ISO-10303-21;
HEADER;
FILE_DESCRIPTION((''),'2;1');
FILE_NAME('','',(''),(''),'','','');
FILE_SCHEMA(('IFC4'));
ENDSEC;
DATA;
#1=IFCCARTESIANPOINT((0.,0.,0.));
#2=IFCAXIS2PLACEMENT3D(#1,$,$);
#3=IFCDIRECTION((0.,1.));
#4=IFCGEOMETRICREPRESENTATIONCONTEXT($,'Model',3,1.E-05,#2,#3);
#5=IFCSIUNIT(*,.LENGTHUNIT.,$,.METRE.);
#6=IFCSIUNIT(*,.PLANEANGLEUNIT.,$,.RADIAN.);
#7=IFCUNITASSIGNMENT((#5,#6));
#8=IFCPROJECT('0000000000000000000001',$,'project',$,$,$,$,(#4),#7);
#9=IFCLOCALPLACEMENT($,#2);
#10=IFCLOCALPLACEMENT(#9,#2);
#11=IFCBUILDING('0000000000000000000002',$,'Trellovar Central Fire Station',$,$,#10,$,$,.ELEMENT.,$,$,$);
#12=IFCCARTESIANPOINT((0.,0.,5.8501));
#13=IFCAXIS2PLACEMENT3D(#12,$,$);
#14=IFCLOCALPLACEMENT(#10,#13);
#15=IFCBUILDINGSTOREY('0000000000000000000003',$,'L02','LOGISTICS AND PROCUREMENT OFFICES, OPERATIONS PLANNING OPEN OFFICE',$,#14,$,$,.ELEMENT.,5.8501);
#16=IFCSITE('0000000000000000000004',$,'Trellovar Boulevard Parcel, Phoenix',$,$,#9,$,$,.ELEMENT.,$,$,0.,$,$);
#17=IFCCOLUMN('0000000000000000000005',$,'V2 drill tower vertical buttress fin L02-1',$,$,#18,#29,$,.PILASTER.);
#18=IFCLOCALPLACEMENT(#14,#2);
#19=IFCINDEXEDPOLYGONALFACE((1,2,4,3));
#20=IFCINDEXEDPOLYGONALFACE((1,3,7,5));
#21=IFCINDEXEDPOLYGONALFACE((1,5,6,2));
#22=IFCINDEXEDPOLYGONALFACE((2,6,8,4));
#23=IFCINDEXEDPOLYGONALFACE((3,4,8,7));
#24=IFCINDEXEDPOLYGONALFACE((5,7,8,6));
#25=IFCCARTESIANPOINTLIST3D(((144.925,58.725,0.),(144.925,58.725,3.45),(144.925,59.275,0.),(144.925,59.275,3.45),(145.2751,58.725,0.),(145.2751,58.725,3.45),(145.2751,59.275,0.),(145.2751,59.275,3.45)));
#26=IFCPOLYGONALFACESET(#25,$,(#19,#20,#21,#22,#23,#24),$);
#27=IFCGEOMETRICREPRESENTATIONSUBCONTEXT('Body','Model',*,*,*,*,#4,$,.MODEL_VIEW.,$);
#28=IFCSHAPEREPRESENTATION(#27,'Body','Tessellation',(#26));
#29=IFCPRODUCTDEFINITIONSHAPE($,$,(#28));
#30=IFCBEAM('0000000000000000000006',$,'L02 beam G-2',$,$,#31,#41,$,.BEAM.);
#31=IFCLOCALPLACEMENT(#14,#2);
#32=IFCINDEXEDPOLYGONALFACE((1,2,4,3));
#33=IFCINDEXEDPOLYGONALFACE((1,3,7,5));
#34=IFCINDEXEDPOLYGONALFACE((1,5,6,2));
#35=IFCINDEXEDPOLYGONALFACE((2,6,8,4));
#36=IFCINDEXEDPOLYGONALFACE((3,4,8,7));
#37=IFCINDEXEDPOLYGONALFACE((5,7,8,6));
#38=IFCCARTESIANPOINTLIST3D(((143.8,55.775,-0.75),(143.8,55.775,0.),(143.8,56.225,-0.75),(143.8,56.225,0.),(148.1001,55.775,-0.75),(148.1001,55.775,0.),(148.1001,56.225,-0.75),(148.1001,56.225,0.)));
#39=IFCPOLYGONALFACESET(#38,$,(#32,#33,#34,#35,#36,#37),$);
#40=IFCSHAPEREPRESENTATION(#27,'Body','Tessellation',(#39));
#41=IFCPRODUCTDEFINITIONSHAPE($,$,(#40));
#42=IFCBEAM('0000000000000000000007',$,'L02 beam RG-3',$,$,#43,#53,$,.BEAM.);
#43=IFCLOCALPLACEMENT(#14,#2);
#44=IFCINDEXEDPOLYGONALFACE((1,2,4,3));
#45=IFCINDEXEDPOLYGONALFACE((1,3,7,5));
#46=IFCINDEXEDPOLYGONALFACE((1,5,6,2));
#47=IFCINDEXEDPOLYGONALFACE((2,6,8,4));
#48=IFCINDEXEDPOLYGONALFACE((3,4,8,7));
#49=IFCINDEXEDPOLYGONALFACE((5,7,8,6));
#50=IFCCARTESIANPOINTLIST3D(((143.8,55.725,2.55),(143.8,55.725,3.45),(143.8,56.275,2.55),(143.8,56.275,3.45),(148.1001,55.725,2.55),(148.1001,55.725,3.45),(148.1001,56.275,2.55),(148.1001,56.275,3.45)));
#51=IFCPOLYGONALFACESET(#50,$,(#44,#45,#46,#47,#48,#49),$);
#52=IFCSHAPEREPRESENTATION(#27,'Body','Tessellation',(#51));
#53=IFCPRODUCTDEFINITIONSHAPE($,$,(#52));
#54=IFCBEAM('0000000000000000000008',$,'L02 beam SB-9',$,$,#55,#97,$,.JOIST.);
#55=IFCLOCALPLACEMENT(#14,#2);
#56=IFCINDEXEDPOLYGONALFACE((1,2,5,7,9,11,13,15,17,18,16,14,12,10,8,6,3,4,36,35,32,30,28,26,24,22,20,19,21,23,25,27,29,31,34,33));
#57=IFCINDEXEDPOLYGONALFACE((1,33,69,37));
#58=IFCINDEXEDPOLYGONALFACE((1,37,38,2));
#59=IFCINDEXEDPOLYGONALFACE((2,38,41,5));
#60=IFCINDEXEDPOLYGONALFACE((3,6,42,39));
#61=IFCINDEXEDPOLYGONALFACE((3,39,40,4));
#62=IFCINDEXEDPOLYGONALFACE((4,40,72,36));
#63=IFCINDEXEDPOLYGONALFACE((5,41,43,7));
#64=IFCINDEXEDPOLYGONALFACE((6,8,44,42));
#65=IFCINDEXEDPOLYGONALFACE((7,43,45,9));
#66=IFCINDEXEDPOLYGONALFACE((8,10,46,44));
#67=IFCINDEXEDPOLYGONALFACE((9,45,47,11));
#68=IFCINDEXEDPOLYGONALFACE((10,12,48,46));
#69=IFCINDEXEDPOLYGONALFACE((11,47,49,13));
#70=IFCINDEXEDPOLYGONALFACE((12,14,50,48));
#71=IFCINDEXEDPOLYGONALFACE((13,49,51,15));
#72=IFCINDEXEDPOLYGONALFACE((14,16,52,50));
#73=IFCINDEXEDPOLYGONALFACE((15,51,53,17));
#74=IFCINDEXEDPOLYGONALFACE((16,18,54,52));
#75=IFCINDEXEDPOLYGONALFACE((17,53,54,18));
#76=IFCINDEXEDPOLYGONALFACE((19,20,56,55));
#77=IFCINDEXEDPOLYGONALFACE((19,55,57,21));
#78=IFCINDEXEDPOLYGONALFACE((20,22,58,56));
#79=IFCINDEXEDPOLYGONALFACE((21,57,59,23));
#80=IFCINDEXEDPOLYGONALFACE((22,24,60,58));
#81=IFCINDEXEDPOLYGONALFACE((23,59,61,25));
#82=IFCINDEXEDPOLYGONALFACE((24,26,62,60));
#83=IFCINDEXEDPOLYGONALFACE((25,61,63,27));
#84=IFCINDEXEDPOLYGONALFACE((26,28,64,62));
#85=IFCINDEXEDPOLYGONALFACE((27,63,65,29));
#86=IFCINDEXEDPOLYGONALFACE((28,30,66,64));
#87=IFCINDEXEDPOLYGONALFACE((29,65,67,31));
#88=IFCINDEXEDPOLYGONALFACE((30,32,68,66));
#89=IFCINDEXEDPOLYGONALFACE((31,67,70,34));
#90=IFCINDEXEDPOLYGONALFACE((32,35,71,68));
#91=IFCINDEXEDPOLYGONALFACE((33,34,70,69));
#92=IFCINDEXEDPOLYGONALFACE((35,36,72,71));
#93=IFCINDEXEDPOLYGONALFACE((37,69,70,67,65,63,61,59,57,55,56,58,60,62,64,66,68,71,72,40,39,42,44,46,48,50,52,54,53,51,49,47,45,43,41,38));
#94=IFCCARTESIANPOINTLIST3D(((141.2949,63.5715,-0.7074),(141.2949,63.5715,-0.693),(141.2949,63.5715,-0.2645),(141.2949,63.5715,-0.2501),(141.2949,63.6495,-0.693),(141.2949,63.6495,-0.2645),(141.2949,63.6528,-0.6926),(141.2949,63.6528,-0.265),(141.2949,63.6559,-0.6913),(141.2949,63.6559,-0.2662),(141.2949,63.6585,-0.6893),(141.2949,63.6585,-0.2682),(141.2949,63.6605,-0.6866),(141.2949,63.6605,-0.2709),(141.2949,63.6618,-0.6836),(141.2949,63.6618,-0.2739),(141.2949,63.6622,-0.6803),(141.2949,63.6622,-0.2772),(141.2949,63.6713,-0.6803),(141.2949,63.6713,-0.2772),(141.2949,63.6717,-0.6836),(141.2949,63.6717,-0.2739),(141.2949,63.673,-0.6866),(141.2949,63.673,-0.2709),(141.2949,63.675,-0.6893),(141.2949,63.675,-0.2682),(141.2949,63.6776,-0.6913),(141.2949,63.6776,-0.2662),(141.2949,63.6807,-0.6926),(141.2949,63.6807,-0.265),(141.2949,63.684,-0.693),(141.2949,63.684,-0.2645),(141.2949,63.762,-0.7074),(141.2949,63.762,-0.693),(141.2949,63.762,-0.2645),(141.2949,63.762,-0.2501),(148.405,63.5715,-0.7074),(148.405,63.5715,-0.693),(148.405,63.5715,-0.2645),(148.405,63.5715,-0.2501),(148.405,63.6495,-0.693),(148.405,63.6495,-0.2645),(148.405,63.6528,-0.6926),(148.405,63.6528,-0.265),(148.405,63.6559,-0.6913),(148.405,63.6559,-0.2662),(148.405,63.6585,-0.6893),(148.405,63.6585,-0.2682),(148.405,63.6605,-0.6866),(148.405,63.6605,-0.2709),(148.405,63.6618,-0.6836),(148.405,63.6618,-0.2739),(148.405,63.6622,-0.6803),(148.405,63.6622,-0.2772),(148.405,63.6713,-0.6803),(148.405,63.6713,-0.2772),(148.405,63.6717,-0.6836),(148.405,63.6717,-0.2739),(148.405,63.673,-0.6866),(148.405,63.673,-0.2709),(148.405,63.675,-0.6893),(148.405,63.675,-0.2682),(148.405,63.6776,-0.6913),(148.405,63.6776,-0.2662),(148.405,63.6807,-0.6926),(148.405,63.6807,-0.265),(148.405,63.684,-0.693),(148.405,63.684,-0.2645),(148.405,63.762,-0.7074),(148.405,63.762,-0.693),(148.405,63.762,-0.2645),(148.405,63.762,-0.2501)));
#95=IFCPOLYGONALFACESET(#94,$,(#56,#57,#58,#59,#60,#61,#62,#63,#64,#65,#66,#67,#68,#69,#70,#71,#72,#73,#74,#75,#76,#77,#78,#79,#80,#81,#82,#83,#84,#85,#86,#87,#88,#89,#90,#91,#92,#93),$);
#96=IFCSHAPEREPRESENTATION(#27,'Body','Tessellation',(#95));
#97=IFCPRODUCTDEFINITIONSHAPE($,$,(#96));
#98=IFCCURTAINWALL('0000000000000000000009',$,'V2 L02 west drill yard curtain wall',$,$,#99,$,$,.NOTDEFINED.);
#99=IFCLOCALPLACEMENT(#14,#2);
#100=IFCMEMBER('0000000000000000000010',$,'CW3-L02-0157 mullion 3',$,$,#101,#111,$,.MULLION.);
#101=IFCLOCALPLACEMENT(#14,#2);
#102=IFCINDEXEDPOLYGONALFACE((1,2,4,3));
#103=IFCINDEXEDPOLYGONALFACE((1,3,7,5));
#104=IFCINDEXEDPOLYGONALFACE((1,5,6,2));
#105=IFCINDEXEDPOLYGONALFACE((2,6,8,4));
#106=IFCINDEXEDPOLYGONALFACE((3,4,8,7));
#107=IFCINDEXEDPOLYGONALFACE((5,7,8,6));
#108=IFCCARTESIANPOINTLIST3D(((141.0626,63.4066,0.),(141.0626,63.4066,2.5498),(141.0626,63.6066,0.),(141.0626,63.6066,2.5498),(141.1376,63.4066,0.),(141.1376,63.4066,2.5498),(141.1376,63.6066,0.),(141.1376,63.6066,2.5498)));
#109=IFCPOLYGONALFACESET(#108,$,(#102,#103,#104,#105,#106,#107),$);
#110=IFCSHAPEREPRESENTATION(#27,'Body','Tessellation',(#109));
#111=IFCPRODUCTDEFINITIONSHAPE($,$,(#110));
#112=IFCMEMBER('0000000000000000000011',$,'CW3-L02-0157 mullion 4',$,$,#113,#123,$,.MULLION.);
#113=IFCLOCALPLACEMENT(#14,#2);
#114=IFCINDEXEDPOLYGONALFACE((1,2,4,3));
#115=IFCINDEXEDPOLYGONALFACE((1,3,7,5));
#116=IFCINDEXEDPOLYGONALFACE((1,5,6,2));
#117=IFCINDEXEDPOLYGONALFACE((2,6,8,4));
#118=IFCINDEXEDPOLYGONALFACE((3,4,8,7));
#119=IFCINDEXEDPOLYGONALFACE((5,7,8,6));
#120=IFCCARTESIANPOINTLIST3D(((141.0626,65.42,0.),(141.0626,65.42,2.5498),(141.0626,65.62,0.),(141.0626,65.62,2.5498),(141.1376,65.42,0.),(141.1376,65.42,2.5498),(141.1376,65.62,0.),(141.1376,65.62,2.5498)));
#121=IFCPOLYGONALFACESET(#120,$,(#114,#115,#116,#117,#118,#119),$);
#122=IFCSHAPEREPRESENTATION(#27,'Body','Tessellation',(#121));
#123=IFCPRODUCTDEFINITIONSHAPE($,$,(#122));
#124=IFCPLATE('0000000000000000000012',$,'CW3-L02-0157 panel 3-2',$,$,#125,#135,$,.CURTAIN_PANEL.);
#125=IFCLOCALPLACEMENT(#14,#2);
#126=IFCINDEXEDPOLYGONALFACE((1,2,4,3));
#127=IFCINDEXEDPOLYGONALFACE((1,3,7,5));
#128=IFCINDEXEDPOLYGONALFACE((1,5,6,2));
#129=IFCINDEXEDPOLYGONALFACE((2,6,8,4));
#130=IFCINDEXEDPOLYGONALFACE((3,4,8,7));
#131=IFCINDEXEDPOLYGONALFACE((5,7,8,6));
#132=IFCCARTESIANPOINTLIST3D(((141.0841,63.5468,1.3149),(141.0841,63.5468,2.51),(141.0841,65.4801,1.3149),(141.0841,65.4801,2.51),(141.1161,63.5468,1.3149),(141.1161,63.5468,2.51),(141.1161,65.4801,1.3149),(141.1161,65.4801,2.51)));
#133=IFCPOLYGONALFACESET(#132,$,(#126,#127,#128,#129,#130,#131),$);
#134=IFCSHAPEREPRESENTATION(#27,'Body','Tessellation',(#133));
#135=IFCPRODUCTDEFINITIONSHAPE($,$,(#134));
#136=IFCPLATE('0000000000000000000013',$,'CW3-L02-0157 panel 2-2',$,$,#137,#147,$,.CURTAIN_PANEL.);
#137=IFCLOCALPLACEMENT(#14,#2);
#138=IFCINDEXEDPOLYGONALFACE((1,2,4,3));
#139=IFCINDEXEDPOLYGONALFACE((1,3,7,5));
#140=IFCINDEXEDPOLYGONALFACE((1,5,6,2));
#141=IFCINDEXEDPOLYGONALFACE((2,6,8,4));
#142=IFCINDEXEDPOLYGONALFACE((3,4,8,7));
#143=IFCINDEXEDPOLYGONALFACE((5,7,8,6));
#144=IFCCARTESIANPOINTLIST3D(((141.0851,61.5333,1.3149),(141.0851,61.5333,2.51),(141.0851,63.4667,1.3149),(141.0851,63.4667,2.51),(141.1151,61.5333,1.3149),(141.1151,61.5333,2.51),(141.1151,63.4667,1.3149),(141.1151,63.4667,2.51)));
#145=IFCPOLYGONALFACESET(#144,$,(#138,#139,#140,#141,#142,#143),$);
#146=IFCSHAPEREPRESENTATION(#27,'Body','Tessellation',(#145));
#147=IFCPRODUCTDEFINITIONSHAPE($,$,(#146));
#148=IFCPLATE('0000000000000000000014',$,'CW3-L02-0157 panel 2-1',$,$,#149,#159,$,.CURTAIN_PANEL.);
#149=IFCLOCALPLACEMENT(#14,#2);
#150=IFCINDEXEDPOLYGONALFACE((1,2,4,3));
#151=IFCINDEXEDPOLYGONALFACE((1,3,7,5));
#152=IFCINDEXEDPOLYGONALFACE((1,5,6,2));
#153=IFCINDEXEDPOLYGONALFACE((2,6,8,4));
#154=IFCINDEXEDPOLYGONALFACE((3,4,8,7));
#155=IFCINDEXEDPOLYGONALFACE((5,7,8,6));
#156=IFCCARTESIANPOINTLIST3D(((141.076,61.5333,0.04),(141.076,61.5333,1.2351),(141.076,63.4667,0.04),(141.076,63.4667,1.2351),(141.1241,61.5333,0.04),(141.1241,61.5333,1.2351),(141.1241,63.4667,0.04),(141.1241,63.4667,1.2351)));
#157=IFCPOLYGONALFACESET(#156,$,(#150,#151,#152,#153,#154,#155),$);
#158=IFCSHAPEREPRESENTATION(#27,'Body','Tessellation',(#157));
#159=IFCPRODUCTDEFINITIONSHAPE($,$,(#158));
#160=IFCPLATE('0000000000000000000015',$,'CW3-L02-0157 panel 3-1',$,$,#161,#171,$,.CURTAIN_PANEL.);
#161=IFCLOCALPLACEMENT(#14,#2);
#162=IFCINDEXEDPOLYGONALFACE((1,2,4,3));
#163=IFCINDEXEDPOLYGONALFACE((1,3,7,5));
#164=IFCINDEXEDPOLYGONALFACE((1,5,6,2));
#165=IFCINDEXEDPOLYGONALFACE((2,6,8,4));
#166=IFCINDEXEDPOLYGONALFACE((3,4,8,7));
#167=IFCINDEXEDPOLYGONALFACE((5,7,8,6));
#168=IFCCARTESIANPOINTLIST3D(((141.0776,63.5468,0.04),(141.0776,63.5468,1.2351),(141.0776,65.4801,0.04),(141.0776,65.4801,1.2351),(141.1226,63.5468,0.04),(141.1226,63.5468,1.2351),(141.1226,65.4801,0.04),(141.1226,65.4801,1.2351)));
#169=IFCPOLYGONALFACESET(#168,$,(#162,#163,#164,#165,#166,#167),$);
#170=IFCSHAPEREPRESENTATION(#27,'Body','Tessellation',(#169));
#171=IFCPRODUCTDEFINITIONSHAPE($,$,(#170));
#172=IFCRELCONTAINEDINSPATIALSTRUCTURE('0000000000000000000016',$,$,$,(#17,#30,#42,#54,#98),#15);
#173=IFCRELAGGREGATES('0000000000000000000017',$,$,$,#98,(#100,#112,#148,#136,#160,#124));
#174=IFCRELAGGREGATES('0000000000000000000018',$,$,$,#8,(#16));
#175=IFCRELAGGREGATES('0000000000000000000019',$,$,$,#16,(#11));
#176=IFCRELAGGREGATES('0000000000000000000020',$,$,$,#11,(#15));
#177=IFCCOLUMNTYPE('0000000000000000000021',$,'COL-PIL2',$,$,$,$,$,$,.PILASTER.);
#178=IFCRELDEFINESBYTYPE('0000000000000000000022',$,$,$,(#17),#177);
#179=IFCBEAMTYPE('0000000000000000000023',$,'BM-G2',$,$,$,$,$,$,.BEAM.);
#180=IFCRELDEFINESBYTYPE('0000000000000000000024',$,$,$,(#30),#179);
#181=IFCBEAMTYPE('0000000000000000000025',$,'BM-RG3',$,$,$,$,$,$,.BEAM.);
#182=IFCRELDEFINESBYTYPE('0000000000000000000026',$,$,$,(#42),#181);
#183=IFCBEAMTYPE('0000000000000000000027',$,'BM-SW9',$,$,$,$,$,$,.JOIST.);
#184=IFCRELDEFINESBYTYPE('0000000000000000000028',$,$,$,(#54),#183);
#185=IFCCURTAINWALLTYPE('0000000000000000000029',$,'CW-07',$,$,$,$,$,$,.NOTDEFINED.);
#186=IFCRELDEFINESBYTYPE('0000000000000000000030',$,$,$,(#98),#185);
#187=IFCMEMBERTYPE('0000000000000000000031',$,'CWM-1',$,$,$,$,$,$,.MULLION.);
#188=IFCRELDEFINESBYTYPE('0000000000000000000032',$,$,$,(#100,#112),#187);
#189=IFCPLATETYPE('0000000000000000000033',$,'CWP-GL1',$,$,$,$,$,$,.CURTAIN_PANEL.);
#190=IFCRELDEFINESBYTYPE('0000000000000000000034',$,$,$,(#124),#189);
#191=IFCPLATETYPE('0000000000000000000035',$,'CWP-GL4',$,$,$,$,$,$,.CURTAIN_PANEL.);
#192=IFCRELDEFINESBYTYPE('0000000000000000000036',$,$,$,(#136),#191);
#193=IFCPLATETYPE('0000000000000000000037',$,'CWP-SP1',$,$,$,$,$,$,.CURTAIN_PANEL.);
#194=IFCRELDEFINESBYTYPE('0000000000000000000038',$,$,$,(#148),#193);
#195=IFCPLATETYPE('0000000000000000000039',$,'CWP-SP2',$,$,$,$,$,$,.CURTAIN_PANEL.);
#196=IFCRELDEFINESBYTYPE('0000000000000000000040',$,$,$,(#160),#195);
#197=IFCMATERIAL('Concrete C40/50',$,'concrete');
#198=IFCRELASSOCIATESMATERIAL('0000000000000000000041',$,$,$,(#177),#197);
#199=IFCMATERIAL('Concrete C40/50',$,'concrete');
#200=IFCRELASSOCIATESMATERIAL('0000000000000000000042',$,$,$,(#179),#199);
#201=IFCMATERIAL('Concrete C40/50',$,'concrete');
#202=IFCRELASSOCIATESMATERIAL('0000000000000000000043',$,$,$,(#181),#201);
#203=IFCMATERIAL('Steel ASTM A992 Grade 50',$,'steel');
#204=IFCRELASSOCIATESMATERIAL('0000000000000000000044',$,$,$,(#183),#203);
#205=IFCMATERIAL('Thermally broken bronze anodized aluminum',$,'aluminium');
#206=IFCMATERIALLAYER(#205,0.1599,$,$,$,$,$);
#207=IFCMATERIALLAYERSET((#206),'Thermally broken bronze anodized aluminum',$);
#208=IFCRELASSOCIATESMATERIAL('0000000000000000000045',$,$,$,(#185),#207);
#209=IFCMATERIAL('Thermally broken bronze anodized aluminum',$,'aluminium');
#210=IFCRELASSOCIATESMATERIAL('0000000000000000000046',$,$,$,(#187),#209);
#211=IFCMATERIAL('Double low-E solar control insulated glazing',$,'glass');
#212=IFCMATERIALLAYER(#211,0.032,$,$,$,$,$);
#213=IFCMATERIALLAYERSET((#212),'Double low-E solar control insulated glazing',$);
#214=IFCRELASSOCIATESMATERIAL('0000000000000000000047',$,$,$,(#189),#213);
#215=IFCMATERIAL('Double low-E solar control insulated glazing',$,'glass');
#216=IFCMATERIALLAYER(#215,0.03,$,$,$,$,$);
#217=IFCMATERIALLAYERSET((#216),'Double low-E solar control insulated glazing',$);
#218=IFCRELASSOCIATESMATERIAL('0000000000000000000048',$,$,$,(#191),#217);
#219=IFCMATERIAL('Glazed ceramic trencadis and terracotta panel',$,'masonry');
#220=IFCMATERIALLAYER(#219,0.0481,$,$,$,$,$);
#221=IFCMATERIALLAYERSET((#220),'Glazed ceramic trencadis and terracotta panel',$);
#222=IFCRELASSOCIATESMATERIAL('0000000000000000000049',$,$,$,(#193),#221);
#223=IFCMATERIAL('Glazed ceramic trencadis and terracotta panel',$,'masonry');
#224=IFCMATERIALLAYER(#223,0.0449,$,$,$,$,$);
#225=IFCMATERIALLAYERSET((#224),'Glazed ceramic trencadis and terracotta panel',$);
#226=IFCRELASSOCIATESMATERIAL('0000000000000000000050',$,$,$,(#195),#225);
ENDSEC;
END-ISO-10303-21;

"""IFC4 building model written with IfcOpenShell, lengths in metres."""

from ifc_helpers import new_model, si_unit, direction, frame, origin, origin_2d, place, context, subcontext, project, spatial, rectangle, i_section, extrude, material, layer, layer_set, material_profile, profile_set, type_object, element, aggregate, save


model = new_model("IFC4")

# Units and contexts
model_context = context("Model", 3, precision=1e-05, world=origin(), true_north=direction((0.0, 1.0)))
body_context = subcontext(model_context, "Body", "Model", "MODEL_VIEW")
ifc_project = project(units=[si_unit("LENGTHUNIT", "METRE"), si_unit("PLANEANGLEUNIT", "RADIAN")], contexts=[model_context])

# Site, building, storey
site_placement = place(None, origin())
site = spatial("IfcSite", under=ifc_project, at=site_placement, Name="Trellovar Boulevard Parcel, Phoenix", CompositionType="ELEMENT", RefElevation=0.0)
building_placement = place(site_placement, origin())
building = spatial("IfcBuilding", under=site, at=building_placement, Name="Trellovar Central Fire Station", CompositionType="ELEMENT")
storey_placement = place(building_placement, frame((0.0, 0.0, 5.8501)))
storey = spatial("IfcBuildingStorey", under=building, at=storey_placement, Name="L02", Description="LOGISTICS AND PROCUREMENT OFFICES, OPERATIONS PLANNING OPEN OFFICE", CompositionType="ELEMENT", Elevation=5.8501)

# Column
ifc_material_1 = material(Name="Concrete C40/50", Category="concrete")
ifc_material_profile_1 = material_profile(ifc_material_1, rectangle(XDim=0.3501, YDim=0.55, at=origin_2d()), Name="RC350X550")
ifc_profile_set_1 = profile_set([ifc_material_profile_1], Name="Concrete C40/50")
column_type = type_object("IfcColumnType", Name="COL-PIL2", PredefinedType="PILASTER", material=ifc_profile_set_1)
column_placement = place(storey_placement, frame((145.1001, 59.0, 0.0), z_axis=(0.0, 0.0, 1.0), x_axis=(1.0, 0.0, 0.0)))
element("IfcColumn", 1, at=column_placement, inside=storey, type_object=column_type, Name="V2 drill tower vertical buttress fin L02-1", PredefinedType="PILASTER", context=body_context, shape_type="SweptSolid", body=[
    extrude(rectangle(XDim=0.3501, YDim=0.55, at=origin_2d()), origin(), (0.0, 0.0, 1.0), 3.45),
])

# Beams
ifc_material_2 = material(Name="Concrete C40/50", Category="concrete")
ifc_material_profile_2 = material_profile(ifc_material_2, rectangle(XDim=0.45, YDim=0.75, at=origin_2d()), Name="RC450X750")
ifc_profile_set_2 = profile_set([ifc_material_profile_2], Name="Concrete C40/50")
beam_type_1 = type_object("IfcBeamType", Name="BM-G2", PredefinedType="BEAM", material=ifc_profile_set_2)
beam_1_placement = place(storey_placement, frame((143.8, 56.0, -0.375), z_axis=(1.0, 0.0, 0.0), x_axis=(0.0, 1.0, 0.0)))
element("IfcBeam", 2, at=beam_1_placement, inside=storey, type_object=beam_type_1, Name="L02 beam G-2", PredefinedType="BEAM", context=body_context, shape_type="SweptSolid", body=[
    extrude(rectangle(XDim=0.45, YDim=0.75, at=origin_2d()), origin(), (0.0, 0.0, 1.0), 4.3),
])
ifc_material_3 = material(Name="Concrete C40/50", Category="concrete")
ifc_material_profile_3 = material_profile(ifc_material_3, rectangle(XDim=0.55, YDim=0.8999, at=origin_2d()), Name="RC550X900")
ifc_profile_set_3 = profile_set([ifc_material_profile_3], Name="Concrete C40/50")
beam_type_2 = type_object("IfcBeamType", Name="BM-RG3", PredefinedType="BEAM", material=ifc_profile_set_3)
beam_2_placement = place(storey_placement, frame((143.8, 56.0, 3.0), z_axis=(1.0, 0.0, 0.0), x_axis=(0.0, 1.0, 0.0)))
element("IfcBeam", 3, at=beam_2_placement, inside=storey, type_object=beam_type_2, Name="L02 beam RG-3", PredefinedType="BEAM", context=body_context, shape_type="SweptSolid", body=[
    extrude(rectangle(XDim=0.55, YDim=0.8999, at=origin_2d()), origin(), (0.0, 0.0, 1.0), 4.3),
])
ifc_material_4 = material(Name="Steel ASTM A992 Grade 50", Category="steel")
ifc_material_profile_4 = material_profile(ifc_material_4, i_section(OverallWidth=0.1904, OverallDepth=0.4573, WebThickness=0.009, FlangeThickness=0.0144, FilletRadius=0.0127, at=origin_2d()), Name="W18X50")
ifc_profile_set_4 = profile_set([ifc_material_profile_4], Name="Steel ASTM A992 Grade 50")
beam_type_3 = type_object("IfcBeamType", Name="BM-SW9", PredefinedType="JOIST", material=ifc_profile_set_4)
beam_3_placement = place(storey_placement, frame((141.2949, 63.6667, -0.4788), z_axis=(1.0, 0.0, 0.0), x_axis=(0.0, 1.0, 0.0)))
element("IfcBeam", 4, at=beam_3_placement, inside=storey, type_object=beam_type_3, Name="L02 beam SB-9", PredefinedType="JOIST", context=body_context, shape_type="SweptSolid", body=[
    extrude(i_section(OverallWidth=0.1904, OverallDepth=0.4573, WebThickness=0.009, FlangeThickness=0.0144, FilletRadius=0.0127, at=origin_2d()), origin(), (0.0, 0.0, 1.0), 7.1101),
])

# Curtain wall, members, plates
ifc_material_5 = material(Name="Thermally broken bronze anodized aluminum", Category="aluminium")
ifc_layer_1 = layer(ifc_material_5, 0.1599)
ifc_layer_set_1 = layer_set([ifc_layer_1], Name="Thermally broken bronze anodized aluminum")
curtain_wall_type = type_object("IfcCurtainWallType", Name="CW-07", PredefinedType="NOTDEFINED", material=ifc_layer_set_1)
curtain_wall_placement = place(storey_placement, origin())
curtain_wall = element("IfcCurtainWall", 5, at=curtain_wall_placement, inside=storey, type_object=curtain_wall_type, Name="V2 L02 west drill yard curtain wall", PredefinedType="NOTDEFINED")
ifc_material_6 = material(Name="Thermally broken bronze anodized aluminum", Category="aluminium")
ifc_material_profile_5 = material_profile(ifc_material_6, rectangle(XDim=0.075, YDim=0.2, at=origin_2d()), Name="ALU75X200")
ifc_profile_set_5 = profile_set([ifc_material_profile_5], Name="Thermally broken bronze anodized aluminum")
member_type = type_object("IfcMemberType", Name="CWM-1", PredefinedType="MULLION", material=ifc_profile_set_5)
member_1_placement = place(storey_placement, frame((141.1001, 63.5066, 0.0), z_axis=(0.0, 0.0, 1.0), x_axis=(1.0, 0.0, 0.0)))
member_1 = element("IfcMember", 6, at=member_1_placement, type_object=member_type, Name="CW3-L02-0157 mullion 3", PredefinedType="MULLION", context=body_context, shape_type="SweptSolid", body=[
    extrude(rectangle(XDim=0.075, YDim=0.2, at=origin_2d()), origin(), (0.0, 0.0, 1.0), 2.5498),
])
member_2_placement = place(storey_placement, frame((141.1001, 65.52, 0.0), z_axis=(0.0, 0.0, 1.0), x_axis=(1.0, 0.0, 0.0)))
member_2 = element("IfcMember", 7, at=member_2_placement, type_object=member_type, Name="CW3-L02-0157 mullion 4", PredefinedType="MULLION", context=body_context, shape_type="SweptSolid", body=[
    extrude(rectangle(XDim=0.075, YDim=0.2, at=origin_2d()), origin(), (0.0, 0.0, 1.0), 2.5498),
])
ifc_material_7 = material(Name="Double low-E solar control insulated glazing", Category="glass")
ifc_layer_2 = layer(ifc_material_7, 0.032)
ifc_layer_set_2 = layer_set([ifc_layer_2], Name="Double low-E solar control insulated glazing")
plate_type_1 = type_object("IfcPlateType", Name="CWP-GL1", PredefinedType="CURTAIN_PANEL", material=ifc_layer_set_2)
plate_1_placement = place(storey_placement, frame((141.1001, 64.5134, 1.3149), z_axis=(0.0, 0.0, 1.0), x_axis=(0.0, 1.0, 0.0)))
plate_1 = element("IfcPlate", 8, at=plate_1_placement, type_object=plate_type_1, Name="CW3-L02-0157 panel 3-2", PredefinedType="CURTAIN_PANEL", context=body_context, shape_type="SweptSolid", body=[
    extrude(rectangle(XDim=1.9333, YDim=0.032, at=origin_2d()), origin(), (0.0, 0.0, 1.0), 1.1951),
])
ifc_material_8 = material(Name="Double low-E solar control insulated glazing", Category="glass")
ifc_layer_3 = layer(ifc_material_8, 0.03)
ifc_layer_set_3 = layer_set([ifc_layer_3], Name="Double low-E solar control insulated glazing")
plate_type_2 = type_object("IfcPlateType", Name="CWP-GL4", PredefinedType="CURTAIN_PANEL", material=ifc_layer_set_3)
plate_2_placement = place(storey_placement, frame((141.1001, 62.5, 1.3149), z_axis=(0.0, 0.0, 1.0), x_axis=(0.0, 1.0, 0.0)))
plate_2 = element("IfcPlate", 9, at=plate_2_placement, type_object=plate_type_2, Name="CW3-L02-0157 panel 2-2", PredefinedType="CURTAIN_PANEL", context=body_context, shape_type="SweptSolid", body=[
    extrude(rectangle(XDim=1.9333, YDim=0.03, at=origin_2d()), origin(), (0.0, 0.0, 1.0), 1.1951),
])
ifc_material_9 = material(Name="Glazed ceramic trencadis and terracotta panel", Category="masonry")
ifc_layer_4 = layer(ifc_material_9, 0.0481)
ifc_layer_set_4 = layer_set([ifc_layer_4], Name="Glazed ceramic trencadis and terracotta panel")
plate_type_3 = type_object("IfcPlateType", Name="CWP-SP1", PredefinedType="CURTAIN_PANEL", material=ifc_layer_set_4)
plate_3_placement = place(storey_placement, frame((141.1001, 62.5, 0.04), z_axis=(0.0, 0.0, 1.0), x_axis=(0.0, 1.0, 0.0)))
plate_3 = element("IfcPlate", 10, at=plate_3_placement, type_object=plate_type_3, Name="CW3-L02-0157 panel 2-1", PredefinedType="CURTAIN_PANEL", context=body_context, shape_type="SweptSolid", body=[
    extrude(rectangle(XDim=1.9333, YDim=0.0481, at=origin_2d()), origin(), (0.0, 0.0, 1.0), 1.1951),
])
ifc_material_10 = material(Name="Glazed ceramic trencadis and terracotta panel", Category="masonry")
ifc_layer_5 = layer(ifc_material_10, 0.0449)
ifc_layer_set_5 = layer_set([ifc_layer_5], Name="Glazed ceramic trencadis and terracotta panel")
plate_type_4 = type_object("IfcPlateType", Name="CWP-SP2", PredefinedType="CURTAIN_PANEL", material=ifc_layer_set_5)
plate_4_placement = place(storey_placement, frame((141.1001, 64.5134, 0.04), z_axis=(0.0, 0.0, 1.0), x_axis=(0.0, 1.0, 0.0)))
plate_4 = element("IfcPlate", 11, at=plate_4_placement, type_object=plate_type_4, Name="CW3-L02-0157 panel 3-1", PredefinedType="CURTAIN_PANEL", context=body_context, shape_type="SweptSolid", body=[
    extrude(rectangle(XDim=1.9333, YDim=0.0449, at=origin_2d()), origin(), (0.0, 0.0, 1.0), 1.1951),
])
aggregate(curtain_wall, [member_1, member_2, plate_3, plate_2, plate_4, plate_1])

save(model, "model.ifc")
